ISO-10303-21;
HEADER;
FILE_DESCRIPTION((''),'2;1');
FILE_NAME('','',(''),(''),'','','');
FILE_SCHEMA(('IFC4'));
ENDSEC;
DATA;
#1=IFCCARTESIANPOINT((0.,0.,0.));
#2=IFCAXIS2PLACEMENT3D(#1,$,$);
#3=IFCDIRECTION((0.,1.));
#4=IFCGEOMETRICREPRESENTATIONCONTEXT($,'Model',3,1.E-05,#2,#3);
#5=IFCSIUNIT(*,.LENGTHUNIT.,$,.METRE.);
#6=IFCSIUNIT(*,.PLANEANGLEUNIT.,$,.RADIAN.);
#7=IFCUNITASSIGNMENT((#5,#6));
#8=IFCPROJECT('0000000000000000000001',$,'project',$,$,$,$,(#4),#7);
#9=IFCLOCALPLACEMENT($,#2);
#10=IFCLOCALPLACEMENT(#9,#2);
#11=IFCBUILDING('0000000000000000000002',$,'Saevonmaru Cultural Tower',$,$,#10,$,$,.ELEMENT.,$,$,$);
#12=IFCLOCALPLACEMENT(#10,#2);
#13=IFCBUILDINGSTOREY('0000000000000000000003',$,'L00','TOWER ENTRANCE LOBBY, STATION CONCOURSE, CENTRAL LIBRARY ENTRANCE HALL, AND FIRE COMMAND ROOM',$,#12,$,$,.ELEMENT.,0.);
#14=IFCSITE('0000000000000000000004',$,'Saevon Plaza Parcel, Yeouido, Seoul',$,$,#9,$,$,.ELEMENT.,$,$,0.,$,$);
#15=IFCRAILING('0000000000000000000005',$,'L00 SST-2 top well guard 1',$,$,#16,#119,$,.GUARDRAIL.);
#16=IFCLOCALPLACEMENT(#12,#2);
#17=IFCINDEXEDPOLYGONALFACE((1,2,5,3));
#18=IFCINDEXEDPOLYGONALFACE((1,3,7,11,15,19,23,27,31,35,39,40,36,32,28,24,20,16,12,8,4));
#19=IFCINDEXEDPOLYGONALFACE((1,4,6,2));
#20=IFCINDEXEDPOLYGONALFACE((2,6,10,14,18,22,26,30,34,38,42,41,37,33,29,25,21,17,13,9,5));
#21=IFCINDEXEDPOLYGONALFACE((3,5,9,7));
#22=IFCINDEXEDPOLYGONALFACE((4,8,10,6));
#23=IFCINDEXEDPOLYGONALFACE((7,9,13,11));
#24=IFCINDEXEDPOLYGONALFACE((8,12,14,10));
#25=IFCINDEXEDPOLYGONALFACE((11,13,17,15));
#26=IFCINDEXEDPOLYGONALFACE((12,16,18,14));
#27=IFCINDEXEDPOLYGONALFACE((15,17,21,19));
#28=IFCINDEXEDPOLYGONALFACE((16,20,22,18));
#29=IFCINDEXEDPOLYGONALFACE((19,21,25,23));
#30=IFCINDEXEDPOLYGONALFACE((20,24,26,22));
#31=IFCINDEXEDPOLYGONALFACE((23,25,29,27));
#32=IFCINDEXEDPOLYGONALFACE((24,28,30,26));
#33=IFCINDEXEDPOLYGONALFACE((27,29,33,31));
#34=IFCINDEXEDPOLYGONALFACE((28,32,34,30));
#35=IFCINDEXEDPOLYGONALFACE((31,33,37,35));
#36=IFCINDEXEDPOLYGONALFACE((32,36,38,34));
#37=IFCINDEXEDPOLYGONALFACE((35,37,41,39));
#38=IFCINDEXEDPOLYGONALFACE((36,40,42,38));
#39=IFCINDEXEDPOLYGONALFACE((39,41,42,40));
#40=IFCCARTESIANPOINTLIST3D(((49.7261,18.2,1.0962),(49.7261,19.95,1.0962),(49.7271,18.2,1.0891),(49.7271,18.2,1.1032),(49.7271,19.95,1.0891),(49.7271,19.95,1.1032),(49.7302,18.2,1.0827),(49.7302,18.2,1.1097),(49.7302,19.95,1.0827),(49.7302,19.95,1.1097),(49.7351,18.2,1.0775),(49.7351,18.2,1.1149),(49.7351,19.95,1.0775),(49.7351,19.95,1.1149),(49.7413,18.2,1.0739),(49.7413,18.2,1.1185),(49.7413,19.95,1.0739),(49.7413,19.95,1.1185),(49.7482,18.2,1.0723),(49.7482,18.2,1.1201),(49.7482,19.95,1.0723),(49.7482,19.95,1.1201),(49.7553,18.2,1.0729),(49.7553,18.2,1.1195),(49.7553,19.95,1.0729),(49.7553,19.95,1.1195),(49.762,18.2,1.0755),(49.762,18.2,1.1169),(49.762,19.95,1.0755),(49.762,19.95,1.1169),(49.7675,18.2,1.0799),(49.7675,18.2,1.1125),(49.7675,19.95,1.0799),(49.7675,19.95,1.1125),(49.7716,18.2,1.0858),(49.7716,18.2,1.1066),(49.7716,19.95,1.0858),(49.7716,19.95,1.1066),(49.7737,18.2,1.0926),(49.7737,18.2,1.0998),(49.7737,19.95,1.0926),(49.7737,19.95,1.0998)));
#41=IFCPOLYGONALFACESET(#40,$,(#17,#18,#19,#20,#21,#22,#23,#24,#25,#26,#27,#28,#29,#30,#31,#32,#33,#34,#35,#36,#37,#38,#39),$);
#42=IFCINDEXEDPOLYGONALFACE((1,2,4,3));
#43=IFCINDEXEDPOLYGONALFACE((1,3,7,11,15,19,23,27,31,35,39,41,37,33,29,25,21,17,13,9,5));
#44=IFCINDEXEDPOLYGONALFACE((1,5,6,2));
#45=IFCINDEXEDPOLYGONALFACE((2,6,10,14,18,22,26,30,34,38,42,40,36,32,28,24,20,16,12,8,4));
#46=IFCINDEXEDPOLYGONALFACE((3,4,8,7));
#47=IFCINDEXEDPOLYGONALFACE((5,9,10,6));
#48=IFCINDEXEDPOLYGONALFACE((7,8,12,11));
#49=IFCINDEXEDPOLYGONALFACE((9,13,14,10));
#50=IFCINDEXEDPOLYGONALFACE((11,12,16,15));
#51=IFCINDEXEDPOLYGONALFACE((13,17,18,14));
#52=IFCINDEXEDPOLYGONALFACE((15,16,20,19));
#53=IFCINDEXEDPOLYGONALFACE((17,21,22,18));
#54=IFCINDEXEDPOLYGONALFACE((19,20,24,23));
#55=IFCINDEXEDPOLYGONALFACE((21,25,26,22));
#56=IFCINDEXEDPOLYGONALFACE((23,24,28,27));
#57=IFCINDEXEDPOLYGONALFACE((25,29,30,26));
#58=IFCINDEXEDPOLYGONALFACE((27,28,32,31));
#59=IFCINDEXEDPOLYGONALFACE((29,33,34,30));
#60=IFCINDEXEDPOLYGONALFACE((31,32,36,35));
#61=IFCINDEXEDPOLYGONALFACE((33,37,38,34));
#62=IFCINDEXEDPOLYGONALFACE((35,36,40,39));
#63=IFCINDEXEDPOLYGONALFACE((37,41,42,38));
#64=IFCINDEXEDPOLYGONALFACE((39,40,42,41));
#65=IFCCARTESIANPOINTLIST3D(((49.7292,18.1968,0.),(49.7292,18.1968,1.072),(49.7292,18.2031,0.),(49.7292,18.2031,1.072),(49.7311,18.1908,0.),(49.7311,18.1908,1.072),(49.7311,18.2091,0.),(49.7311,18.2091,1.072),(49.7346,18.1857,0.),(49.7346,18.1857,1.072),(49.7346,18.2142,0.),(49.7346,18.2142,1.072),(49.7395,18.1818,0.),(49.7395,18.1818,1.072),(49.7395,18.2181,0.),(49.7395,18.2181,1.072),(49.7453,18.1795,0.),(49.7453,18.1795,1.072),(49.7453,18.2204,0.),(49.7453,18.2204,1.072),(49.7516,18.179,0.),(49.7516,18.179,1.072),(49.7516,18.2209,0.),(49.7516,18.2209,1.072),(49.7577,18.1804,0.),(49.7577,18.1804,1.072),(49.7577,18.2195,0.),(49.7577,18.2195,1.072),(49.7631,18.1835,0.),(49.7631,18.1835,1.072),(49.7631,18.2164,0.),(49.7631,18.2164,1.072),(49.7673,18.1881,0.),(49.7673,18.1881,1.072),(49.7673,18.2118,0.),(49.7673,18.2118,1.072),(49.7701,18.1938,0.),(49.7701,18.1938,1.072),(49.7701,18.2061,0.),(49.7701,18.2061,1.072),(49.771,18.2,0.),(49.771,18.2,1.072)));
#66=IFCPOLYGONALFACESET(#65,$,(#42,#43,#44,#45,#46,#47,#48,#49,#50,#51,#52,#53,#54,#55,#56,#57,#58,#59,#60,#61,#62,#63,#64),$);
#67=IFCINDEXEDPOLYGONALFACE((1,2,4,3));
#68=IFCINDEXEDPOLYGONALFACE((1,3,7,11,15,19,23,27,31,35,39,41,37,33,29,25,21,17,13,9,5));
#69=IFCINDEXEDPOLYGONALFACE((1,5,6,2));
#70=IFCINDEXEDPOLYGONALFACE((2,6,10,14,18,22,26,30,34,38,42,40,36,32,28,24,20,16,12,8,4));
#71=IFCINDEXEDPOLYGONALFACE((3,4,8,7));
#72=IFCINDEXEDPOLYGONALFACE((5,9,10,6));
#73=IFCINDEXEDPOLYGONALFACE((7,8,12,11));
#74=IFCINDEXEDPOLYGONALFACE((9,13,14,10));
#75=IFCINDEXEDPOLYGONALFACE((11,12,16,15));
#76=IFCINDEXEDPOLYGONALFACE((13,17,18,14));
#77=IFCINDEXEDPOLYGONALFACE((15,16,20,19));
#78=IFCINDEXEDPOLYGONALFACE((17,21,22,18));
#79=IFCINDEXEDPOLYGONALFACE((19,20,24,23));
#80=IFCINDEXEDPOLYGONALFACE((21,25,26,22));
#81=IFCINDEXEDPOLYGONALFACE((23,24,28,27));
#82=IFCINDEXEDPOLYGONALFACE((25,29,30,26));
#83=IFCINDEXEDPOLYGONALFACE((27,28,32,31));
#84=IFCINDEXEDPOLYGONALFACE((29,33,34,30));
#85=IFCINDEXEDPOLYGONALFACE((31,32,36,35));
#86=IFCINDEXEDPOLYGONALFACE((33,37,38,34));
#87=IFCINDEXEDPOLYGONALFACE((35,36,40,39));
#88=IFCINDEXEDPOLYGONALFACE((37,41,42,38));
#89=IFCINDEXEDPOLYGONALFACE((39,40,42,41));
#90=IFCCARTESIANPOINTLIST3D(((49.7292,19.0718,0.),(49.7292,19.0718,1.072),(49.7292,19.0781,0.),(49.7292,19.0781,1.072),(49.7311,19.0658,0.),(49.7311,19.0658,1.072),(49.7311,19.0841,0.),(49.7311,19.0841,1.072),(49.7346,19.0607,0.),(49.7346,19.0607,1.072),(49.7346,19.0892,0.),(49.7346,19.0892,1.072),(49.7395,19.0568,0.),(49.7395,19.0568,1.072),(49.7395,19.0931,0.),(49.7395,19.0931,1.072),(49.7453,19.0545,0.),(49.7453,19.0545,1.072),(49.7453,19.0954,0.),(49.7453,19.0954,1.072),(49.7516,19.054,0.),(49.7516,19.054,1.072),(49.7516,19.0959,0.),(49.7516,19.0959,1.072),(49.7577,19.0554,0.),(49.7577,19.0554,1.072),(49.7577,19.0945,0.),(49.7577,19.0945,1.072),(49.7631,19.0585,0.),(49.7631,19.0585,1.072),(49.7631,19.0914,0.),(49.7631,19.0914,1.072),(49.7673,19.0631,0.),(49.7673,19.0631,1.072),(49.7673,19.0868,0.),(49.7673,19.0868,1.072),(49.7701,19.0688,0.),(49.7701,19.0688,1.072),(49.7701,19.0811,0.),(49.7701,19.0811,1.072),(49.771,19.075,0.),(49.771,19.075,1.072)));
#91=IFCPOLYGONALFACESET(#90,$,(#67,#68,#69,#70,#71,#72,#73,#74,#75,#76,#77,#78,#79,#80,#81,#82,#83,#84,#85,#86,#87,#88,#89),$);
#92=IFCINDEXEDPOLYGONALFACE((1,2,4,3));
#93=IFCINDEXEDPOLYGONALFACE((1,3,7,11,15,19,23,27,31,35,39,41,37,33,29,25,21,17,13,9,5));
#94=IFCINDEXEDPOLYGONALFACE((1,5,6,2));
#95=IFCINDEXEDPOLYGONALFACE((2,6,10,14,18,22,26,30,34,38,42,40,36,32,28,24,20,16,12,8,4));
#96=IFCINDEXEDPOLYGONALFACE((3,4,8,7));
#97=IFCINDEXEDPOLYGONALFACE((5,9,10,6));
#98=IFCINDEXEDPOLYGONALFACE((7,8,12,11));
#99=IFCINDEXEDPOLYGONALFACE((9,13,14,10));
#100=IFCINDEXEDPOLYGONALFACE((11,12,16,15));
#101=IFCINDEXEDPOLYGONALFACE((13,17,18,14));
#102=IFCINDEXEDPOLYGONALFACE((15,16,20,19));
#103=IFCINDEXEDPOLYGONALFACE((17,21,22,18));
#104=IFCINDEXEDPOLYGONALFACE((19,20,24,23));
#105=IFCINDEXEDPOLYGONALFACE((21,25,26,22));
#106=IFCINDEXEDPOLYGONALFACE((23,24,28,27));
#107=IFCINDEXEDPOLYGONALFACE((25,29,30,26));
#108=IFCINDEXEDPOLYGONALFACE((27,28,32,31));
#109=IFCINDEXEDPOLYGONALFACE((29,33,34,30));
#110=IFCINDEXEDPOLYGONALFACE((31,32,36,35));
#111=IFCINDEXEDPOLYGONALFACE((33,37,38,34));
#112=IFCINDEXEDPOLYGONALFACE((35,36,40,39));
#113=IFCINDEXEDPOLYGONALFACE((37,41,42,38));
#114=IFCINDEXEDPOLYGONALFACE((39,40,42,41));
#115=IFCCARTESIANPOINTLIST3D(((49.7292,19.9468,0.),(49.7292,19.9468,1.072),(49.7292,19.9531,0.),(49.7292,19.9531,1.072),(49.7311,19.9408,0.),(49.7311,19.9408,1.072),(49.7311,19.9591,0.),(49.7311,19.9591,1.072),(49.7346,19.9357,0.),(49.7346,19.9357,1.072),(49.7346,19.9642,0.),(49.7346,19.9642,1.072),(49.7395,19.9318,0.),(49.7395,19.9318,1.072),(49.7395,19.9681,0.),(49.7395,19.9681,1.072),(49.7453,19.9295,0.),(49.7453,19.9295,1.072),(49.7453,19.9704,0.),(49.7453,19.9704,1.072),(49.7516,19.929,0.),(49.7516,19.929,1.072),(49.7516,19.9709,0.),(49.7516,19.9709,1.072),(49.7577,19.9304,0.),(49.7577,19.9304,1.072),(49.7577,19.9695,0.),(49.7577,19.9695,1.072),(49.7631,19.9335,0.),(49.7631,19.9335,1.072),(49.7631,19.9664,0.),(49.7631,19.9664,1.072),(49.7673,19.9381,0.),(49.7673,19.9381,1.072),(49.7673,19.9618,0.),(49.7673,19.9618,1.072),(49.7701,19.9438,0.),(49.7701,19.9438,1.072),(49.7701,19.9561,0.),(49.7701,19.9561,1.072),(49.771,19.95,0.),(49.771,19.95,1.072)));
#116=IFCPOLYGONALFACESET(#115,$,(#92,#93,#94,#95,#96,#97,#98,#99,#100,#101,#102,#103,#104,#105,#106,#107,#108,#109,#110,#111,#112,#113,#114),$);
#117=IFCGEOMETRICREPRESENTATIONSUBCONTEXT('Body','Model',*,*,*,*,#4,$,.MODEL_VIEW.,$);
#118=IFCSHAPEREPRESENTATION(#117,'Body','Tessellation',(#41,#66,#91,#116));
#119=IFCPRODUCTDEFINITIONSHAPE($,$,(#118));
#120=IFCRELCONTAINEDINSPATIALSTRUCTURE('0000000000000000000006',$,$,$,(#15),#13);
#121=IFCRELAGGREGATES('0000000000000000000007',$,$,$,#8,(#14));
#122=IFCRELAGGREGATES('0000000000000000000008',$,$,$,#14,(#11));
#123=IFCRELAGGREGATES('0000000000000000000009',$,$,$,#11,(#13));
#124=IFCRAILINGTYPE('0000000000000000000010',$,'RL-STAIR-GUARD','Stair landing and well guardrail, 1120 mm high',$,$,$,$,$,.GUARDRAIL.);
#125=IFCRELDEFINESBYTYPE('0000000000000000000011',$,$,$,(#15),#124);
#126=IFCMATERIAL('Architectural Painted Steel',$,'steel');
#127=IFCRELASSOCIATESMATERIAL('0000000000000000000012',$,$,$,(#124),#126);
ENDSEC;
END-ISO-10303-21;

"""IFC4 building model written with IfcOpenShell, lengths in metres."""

from ifc_helpers import new_model, si_unit, direction, frame, origin, origin_2d, place, context, subcontext, project, spatial, circle, extrude, material, type_object, element, save


model = new_model("IFC4")

# Units and contexts
model_context = context("Model", 3, precision=1e-05, world=origin(), true_north=direction((0.0, 1.0)))
body_context = subcontext(model_context, "Body", "Model", "MODEL_VIEW")
ifc_project = project(units=[si_unit("LENGTHUNIT", "METRE"), si_unit("PLANEANGLEUNIT", "RADIAN")], contexts=[model_context])

# Site, building, storey
site_placement = place(None, origin())
site = spatial("IfcSite", under=ifc_project, at=site_placement, Name="Saevon Plaza Parcel, Yeouido, Seoul", CompositionType="ELEMENT", RefElevation=0.0)
building_placement = place(site_placement, origin())
building = spatial("IfcBuilding", under=site, at=building_placement, Name="Saevonmaru Cultural Tower", CompositionType="ELEMENT")
storey_placement = place(building_placement, origin())
storey = spatial("IfcBuildingStorey", under=building, at=storey_placement, Name="L00", Description="TOWER ENTRANCE LOBBY, STATION CONCOURSE, CENTRAL LIBRARY ENTRANCE HALL, AND FIRE COMMAND ROOM", CompositionType="ELEMENT", Elevation=0.0)

# Railing
ifc_material_1 = material(Name="Architectural Painted Steel", Category="steel")
railing_type = type_object("IfcRailingType", Name="RL-STAIR-GUARD", Description="Stair landing and well guardrail, 1120 mm high", PredefinedType="GUARDRAIL", material=ifc_material_1)
railing_placement = place(storey_placement, frame((49.75, 18.2, 0.0)))
element("IfcRailing", 1, at=railing_placement, inside=storey, type_object=railing_type, Name="L00 SST-2 top well guard 1", PredefinedType="GUARDRAIL", context=body_context, shape_type="SweptSolid", body=[
    extrude(circle(Radius=0.0239, at=origin_2d()), frame((0.0, 0.0, 1.0962), z_axis=(0.0, 1.0, 0.0), x_axis=(-1.0, 0.0, 0.0)), (0.0, 0.0, 1.0), 1.75),
    extrude(circle(Radius=0.021, at=origin_2d()), origin(), (0.0, 0.0, 1.0), 1.072),
    extrude(circle(Radius=0.021, at=origin_2d()), frame((0.0, 0.875, 0.0)), (0.0, 0.0, 1.0), 1.072),
    extrude(circle(Radius=0.021, at=origin_2d()), frame((0.0, 1.75, 0.0)), (0.0, 0.0, 1.0), 1.072),
])

save(model, "model.ifc")
